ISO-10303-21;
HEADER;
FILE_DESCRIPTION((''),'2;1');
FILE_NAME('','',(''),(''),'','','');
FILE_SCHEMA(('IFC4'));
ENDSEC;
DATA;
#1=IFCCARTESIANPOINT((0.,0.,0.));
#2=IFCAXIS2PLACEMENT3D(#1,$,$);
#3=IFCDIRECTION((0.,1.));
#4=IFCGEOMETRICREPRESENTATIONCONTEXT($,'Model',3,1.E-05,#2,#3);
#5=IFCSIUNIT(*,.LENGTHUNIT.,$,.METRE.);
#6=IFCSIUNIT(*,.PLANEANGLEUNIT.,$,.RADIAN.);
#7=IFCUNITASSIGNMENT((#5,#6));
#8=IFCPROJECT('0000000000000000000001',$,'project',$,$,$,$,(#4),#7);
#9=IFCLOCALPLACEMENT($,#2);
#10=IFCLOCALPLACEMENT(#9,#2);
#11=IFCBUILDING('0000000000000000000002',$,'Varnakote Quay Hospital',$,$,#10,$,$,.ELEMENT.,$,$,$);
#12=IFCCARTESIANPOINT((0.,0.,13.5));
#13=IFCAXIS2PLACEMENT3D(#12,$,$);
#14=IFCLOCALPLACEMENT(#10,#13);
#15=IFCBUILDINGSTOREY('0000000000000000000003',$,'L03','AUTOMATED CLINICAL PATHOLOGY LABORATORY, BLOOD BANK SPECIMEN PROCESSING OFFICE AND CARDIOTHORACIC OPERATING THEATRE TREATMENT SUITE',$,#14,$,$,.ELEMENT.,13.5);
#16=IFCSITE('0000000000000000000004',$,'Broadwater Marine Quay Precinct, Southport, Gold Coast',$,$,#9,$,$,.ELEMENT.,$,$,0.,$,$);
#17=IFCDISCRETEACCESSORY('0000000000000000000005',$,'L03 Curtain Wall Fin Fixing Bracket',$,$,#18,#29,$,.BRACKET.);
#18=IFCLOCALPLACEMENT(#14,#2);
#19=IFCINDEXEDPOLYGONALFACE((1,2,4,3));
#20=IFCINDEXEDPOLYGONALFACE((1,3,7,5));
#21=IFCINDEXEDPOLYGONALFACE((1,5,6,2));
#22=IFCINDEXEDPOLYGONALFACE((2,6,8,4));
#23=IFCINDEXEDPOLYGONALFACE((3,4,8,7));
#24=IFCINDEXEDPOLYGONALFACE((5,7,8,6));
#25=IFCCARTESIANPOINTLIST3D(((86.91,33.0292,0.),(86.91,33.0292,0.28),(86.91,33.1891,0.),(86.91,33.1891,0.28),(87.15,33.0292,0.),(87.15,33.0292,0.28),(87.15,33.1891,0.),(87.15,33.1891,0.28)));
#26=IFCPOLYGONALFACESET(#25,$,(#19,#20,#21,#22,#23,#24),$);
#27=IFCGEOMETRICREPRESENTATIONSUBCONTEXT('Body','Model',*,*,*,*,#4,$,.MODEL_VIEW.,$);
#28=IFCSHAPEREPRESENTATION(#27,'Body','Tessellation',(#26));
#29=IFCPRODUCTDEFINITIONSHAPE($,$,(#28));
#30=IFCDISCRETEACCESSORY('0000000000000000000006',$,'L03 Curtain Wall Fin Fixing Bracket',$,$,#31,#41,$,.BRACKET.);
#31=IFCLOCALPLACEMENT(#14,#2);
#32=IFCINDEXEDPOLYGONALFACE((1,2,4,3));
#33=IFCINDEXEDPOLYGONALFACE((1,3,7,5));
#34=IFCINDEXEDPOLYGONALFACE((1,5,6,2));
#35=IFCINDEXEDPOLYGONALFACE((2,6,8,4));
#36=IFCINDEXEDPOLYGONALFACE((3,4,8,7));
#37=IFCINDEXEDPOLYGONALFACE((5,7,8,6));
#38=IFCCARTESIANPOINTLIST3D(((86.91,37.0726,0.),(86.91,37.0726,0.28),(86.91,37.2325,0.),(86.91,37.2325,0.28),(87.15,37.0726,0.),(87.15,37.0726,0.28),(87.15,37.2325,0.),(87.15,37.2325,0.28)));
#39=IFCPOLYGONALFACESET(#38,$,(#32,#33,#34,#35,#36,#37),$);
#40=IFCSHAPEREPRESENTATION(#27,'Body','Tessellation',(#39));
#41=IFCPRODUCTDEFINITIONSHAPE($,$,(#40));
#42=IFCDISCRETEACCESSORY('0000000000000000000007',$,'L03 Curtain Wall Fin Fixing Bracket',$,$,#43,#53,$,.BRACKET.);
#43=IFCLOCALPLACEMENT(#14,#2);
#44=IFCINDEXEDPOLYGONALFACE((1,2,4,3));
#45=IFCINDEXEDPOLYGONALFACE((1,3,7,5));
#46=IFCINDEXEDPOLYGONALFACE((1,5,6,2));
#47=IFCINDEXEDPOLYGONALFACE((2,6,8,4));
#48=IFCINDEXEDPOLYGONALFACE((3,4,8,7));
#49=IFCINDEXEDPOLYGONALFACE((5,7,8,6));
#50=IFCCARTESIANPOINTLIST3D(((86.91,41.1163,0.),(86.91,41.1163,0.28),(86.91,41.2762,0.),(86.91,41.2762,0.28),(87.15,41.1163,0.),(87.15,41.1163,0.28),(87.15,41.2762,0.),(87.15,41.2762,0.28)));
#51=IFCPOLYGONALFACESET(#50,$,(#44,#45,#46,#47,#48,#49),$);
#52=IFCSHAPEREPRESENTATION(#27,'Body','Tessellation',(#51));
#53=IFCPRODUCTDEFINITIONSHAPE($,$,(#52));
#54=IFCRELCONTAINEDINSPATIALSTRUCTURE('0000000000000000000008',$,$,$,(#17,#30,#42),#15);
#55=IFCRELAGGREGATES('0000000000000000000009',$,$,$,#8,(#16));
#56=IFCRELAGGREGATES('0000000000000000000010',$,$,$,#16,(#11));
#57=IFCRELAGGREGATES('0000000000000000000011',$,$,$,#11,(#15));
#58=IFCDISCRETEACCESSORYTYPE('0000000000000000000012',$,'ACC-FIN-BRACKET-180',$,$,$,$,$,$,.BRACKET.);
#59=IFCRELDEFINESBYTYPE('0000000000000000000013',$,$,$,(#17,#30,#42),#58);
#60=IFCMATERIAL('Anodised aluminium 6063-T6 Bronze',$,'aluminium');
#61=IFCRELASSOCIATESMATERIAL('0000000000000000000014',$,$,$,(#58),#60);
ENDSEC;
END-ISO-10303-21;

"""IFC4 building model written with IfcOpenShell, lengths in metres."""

from ifc_helpers import new_model, si_unit, direction, frame, origin, origin_2d, place, context, subcontext, project, spatial, rectangle, extrude, material, type_object, element, save


model = new_model("IFC4")

# Units and contexts
model_context = context("Model", 3, precision=1e-05, world=origin(), true_north=direction((0.0, 1.0)))
body_context = subcontext(model_context, "Body", "Model", "MODEL_VIEW")
ifc_project = project(units=[si_unit("LENGTHUNIT", "METRE"), si_unit("PLANEANGLEUNIT", "RADIAN")], contexts=[model_context])

# Site, building, storey
site_placement = place(None, origin())
site = spatial("IfcSite", under=ifc_project, at=site_placement, Name="Broadwater Marine Quay Precinct, Southport, Gold Coast", CompositionType="ELEMENT", RefElevation=0.0)
building_placement = place(site_placement, origin())
building = spatial("IfcBuilding", under=site, at=building_placement, Name="Varnakote Quay Hospital", CompositionType="ELEMENT")
storey_placement = place(building_placement, frame((0.0, 0.0, 13.5)))
storey = spatial("IfcBuildingStorey", under=building, at=storey_placement, Name="L03", Description="AUTOMATED CLINICAL PATHOLOGY LABORATORY, BLOOD BANK SPECIMEN PROCESSING OFFICE AND CARDIOTHORACIC OPERATING THEATRE TREATMENT SUITE", CompositionType="ELEMENT", Elevation=13.5)

# Discrete accessories
ifc_material_1 = material(Name="Anodised aluminium 6063-T6 Bronze", Category="aluminium")
discrete_accessory_type = type_object("IfcDiscreteAccessoryType", Name="ACC-FIN-BRACKET-180", PredefinedType="BRACKET", material=ifc_material_1)
for number, where, z_axis, x_axis, name in (
    (1, (87.03, 33.1091, 0.0), (0.0, 0.0, 1.0), (0.0, 1.0, 0.0), "L03 Curtain Wall Fin Fixing Bracket"),
    (2, (87.03, 37.1526, 0.0), (0.0, 0.0, 1.0), (0.0, 1.0, 0.0), "L03 Curtain Wall Fin Fixing Bracket"),
    (3, (87.03, 41.1963, 0.0), (0.0, 0.0, 1.0), (0.0, 1.0, 0.0), "L03 Curtain Wall Fin Fixing Bracket"),
):
    element("IfcDiscreteAccessory", number, at=place(storey_placement, frame(where, z_axis=z_axis, x_axis=x_axis)), inside=storey, type_object=discrete_accessory_type, Name=name, PredefinedType="BRACKET", context=body_context, shape_type="SweptSolid", body=[
        extrude(rectangle(XDim=0.1599, YDim=0.24, at=origin_2d()), origin(), (0.0, 0.0, 1.0), 0.28),
    ])

save(model, "model.ifc")
